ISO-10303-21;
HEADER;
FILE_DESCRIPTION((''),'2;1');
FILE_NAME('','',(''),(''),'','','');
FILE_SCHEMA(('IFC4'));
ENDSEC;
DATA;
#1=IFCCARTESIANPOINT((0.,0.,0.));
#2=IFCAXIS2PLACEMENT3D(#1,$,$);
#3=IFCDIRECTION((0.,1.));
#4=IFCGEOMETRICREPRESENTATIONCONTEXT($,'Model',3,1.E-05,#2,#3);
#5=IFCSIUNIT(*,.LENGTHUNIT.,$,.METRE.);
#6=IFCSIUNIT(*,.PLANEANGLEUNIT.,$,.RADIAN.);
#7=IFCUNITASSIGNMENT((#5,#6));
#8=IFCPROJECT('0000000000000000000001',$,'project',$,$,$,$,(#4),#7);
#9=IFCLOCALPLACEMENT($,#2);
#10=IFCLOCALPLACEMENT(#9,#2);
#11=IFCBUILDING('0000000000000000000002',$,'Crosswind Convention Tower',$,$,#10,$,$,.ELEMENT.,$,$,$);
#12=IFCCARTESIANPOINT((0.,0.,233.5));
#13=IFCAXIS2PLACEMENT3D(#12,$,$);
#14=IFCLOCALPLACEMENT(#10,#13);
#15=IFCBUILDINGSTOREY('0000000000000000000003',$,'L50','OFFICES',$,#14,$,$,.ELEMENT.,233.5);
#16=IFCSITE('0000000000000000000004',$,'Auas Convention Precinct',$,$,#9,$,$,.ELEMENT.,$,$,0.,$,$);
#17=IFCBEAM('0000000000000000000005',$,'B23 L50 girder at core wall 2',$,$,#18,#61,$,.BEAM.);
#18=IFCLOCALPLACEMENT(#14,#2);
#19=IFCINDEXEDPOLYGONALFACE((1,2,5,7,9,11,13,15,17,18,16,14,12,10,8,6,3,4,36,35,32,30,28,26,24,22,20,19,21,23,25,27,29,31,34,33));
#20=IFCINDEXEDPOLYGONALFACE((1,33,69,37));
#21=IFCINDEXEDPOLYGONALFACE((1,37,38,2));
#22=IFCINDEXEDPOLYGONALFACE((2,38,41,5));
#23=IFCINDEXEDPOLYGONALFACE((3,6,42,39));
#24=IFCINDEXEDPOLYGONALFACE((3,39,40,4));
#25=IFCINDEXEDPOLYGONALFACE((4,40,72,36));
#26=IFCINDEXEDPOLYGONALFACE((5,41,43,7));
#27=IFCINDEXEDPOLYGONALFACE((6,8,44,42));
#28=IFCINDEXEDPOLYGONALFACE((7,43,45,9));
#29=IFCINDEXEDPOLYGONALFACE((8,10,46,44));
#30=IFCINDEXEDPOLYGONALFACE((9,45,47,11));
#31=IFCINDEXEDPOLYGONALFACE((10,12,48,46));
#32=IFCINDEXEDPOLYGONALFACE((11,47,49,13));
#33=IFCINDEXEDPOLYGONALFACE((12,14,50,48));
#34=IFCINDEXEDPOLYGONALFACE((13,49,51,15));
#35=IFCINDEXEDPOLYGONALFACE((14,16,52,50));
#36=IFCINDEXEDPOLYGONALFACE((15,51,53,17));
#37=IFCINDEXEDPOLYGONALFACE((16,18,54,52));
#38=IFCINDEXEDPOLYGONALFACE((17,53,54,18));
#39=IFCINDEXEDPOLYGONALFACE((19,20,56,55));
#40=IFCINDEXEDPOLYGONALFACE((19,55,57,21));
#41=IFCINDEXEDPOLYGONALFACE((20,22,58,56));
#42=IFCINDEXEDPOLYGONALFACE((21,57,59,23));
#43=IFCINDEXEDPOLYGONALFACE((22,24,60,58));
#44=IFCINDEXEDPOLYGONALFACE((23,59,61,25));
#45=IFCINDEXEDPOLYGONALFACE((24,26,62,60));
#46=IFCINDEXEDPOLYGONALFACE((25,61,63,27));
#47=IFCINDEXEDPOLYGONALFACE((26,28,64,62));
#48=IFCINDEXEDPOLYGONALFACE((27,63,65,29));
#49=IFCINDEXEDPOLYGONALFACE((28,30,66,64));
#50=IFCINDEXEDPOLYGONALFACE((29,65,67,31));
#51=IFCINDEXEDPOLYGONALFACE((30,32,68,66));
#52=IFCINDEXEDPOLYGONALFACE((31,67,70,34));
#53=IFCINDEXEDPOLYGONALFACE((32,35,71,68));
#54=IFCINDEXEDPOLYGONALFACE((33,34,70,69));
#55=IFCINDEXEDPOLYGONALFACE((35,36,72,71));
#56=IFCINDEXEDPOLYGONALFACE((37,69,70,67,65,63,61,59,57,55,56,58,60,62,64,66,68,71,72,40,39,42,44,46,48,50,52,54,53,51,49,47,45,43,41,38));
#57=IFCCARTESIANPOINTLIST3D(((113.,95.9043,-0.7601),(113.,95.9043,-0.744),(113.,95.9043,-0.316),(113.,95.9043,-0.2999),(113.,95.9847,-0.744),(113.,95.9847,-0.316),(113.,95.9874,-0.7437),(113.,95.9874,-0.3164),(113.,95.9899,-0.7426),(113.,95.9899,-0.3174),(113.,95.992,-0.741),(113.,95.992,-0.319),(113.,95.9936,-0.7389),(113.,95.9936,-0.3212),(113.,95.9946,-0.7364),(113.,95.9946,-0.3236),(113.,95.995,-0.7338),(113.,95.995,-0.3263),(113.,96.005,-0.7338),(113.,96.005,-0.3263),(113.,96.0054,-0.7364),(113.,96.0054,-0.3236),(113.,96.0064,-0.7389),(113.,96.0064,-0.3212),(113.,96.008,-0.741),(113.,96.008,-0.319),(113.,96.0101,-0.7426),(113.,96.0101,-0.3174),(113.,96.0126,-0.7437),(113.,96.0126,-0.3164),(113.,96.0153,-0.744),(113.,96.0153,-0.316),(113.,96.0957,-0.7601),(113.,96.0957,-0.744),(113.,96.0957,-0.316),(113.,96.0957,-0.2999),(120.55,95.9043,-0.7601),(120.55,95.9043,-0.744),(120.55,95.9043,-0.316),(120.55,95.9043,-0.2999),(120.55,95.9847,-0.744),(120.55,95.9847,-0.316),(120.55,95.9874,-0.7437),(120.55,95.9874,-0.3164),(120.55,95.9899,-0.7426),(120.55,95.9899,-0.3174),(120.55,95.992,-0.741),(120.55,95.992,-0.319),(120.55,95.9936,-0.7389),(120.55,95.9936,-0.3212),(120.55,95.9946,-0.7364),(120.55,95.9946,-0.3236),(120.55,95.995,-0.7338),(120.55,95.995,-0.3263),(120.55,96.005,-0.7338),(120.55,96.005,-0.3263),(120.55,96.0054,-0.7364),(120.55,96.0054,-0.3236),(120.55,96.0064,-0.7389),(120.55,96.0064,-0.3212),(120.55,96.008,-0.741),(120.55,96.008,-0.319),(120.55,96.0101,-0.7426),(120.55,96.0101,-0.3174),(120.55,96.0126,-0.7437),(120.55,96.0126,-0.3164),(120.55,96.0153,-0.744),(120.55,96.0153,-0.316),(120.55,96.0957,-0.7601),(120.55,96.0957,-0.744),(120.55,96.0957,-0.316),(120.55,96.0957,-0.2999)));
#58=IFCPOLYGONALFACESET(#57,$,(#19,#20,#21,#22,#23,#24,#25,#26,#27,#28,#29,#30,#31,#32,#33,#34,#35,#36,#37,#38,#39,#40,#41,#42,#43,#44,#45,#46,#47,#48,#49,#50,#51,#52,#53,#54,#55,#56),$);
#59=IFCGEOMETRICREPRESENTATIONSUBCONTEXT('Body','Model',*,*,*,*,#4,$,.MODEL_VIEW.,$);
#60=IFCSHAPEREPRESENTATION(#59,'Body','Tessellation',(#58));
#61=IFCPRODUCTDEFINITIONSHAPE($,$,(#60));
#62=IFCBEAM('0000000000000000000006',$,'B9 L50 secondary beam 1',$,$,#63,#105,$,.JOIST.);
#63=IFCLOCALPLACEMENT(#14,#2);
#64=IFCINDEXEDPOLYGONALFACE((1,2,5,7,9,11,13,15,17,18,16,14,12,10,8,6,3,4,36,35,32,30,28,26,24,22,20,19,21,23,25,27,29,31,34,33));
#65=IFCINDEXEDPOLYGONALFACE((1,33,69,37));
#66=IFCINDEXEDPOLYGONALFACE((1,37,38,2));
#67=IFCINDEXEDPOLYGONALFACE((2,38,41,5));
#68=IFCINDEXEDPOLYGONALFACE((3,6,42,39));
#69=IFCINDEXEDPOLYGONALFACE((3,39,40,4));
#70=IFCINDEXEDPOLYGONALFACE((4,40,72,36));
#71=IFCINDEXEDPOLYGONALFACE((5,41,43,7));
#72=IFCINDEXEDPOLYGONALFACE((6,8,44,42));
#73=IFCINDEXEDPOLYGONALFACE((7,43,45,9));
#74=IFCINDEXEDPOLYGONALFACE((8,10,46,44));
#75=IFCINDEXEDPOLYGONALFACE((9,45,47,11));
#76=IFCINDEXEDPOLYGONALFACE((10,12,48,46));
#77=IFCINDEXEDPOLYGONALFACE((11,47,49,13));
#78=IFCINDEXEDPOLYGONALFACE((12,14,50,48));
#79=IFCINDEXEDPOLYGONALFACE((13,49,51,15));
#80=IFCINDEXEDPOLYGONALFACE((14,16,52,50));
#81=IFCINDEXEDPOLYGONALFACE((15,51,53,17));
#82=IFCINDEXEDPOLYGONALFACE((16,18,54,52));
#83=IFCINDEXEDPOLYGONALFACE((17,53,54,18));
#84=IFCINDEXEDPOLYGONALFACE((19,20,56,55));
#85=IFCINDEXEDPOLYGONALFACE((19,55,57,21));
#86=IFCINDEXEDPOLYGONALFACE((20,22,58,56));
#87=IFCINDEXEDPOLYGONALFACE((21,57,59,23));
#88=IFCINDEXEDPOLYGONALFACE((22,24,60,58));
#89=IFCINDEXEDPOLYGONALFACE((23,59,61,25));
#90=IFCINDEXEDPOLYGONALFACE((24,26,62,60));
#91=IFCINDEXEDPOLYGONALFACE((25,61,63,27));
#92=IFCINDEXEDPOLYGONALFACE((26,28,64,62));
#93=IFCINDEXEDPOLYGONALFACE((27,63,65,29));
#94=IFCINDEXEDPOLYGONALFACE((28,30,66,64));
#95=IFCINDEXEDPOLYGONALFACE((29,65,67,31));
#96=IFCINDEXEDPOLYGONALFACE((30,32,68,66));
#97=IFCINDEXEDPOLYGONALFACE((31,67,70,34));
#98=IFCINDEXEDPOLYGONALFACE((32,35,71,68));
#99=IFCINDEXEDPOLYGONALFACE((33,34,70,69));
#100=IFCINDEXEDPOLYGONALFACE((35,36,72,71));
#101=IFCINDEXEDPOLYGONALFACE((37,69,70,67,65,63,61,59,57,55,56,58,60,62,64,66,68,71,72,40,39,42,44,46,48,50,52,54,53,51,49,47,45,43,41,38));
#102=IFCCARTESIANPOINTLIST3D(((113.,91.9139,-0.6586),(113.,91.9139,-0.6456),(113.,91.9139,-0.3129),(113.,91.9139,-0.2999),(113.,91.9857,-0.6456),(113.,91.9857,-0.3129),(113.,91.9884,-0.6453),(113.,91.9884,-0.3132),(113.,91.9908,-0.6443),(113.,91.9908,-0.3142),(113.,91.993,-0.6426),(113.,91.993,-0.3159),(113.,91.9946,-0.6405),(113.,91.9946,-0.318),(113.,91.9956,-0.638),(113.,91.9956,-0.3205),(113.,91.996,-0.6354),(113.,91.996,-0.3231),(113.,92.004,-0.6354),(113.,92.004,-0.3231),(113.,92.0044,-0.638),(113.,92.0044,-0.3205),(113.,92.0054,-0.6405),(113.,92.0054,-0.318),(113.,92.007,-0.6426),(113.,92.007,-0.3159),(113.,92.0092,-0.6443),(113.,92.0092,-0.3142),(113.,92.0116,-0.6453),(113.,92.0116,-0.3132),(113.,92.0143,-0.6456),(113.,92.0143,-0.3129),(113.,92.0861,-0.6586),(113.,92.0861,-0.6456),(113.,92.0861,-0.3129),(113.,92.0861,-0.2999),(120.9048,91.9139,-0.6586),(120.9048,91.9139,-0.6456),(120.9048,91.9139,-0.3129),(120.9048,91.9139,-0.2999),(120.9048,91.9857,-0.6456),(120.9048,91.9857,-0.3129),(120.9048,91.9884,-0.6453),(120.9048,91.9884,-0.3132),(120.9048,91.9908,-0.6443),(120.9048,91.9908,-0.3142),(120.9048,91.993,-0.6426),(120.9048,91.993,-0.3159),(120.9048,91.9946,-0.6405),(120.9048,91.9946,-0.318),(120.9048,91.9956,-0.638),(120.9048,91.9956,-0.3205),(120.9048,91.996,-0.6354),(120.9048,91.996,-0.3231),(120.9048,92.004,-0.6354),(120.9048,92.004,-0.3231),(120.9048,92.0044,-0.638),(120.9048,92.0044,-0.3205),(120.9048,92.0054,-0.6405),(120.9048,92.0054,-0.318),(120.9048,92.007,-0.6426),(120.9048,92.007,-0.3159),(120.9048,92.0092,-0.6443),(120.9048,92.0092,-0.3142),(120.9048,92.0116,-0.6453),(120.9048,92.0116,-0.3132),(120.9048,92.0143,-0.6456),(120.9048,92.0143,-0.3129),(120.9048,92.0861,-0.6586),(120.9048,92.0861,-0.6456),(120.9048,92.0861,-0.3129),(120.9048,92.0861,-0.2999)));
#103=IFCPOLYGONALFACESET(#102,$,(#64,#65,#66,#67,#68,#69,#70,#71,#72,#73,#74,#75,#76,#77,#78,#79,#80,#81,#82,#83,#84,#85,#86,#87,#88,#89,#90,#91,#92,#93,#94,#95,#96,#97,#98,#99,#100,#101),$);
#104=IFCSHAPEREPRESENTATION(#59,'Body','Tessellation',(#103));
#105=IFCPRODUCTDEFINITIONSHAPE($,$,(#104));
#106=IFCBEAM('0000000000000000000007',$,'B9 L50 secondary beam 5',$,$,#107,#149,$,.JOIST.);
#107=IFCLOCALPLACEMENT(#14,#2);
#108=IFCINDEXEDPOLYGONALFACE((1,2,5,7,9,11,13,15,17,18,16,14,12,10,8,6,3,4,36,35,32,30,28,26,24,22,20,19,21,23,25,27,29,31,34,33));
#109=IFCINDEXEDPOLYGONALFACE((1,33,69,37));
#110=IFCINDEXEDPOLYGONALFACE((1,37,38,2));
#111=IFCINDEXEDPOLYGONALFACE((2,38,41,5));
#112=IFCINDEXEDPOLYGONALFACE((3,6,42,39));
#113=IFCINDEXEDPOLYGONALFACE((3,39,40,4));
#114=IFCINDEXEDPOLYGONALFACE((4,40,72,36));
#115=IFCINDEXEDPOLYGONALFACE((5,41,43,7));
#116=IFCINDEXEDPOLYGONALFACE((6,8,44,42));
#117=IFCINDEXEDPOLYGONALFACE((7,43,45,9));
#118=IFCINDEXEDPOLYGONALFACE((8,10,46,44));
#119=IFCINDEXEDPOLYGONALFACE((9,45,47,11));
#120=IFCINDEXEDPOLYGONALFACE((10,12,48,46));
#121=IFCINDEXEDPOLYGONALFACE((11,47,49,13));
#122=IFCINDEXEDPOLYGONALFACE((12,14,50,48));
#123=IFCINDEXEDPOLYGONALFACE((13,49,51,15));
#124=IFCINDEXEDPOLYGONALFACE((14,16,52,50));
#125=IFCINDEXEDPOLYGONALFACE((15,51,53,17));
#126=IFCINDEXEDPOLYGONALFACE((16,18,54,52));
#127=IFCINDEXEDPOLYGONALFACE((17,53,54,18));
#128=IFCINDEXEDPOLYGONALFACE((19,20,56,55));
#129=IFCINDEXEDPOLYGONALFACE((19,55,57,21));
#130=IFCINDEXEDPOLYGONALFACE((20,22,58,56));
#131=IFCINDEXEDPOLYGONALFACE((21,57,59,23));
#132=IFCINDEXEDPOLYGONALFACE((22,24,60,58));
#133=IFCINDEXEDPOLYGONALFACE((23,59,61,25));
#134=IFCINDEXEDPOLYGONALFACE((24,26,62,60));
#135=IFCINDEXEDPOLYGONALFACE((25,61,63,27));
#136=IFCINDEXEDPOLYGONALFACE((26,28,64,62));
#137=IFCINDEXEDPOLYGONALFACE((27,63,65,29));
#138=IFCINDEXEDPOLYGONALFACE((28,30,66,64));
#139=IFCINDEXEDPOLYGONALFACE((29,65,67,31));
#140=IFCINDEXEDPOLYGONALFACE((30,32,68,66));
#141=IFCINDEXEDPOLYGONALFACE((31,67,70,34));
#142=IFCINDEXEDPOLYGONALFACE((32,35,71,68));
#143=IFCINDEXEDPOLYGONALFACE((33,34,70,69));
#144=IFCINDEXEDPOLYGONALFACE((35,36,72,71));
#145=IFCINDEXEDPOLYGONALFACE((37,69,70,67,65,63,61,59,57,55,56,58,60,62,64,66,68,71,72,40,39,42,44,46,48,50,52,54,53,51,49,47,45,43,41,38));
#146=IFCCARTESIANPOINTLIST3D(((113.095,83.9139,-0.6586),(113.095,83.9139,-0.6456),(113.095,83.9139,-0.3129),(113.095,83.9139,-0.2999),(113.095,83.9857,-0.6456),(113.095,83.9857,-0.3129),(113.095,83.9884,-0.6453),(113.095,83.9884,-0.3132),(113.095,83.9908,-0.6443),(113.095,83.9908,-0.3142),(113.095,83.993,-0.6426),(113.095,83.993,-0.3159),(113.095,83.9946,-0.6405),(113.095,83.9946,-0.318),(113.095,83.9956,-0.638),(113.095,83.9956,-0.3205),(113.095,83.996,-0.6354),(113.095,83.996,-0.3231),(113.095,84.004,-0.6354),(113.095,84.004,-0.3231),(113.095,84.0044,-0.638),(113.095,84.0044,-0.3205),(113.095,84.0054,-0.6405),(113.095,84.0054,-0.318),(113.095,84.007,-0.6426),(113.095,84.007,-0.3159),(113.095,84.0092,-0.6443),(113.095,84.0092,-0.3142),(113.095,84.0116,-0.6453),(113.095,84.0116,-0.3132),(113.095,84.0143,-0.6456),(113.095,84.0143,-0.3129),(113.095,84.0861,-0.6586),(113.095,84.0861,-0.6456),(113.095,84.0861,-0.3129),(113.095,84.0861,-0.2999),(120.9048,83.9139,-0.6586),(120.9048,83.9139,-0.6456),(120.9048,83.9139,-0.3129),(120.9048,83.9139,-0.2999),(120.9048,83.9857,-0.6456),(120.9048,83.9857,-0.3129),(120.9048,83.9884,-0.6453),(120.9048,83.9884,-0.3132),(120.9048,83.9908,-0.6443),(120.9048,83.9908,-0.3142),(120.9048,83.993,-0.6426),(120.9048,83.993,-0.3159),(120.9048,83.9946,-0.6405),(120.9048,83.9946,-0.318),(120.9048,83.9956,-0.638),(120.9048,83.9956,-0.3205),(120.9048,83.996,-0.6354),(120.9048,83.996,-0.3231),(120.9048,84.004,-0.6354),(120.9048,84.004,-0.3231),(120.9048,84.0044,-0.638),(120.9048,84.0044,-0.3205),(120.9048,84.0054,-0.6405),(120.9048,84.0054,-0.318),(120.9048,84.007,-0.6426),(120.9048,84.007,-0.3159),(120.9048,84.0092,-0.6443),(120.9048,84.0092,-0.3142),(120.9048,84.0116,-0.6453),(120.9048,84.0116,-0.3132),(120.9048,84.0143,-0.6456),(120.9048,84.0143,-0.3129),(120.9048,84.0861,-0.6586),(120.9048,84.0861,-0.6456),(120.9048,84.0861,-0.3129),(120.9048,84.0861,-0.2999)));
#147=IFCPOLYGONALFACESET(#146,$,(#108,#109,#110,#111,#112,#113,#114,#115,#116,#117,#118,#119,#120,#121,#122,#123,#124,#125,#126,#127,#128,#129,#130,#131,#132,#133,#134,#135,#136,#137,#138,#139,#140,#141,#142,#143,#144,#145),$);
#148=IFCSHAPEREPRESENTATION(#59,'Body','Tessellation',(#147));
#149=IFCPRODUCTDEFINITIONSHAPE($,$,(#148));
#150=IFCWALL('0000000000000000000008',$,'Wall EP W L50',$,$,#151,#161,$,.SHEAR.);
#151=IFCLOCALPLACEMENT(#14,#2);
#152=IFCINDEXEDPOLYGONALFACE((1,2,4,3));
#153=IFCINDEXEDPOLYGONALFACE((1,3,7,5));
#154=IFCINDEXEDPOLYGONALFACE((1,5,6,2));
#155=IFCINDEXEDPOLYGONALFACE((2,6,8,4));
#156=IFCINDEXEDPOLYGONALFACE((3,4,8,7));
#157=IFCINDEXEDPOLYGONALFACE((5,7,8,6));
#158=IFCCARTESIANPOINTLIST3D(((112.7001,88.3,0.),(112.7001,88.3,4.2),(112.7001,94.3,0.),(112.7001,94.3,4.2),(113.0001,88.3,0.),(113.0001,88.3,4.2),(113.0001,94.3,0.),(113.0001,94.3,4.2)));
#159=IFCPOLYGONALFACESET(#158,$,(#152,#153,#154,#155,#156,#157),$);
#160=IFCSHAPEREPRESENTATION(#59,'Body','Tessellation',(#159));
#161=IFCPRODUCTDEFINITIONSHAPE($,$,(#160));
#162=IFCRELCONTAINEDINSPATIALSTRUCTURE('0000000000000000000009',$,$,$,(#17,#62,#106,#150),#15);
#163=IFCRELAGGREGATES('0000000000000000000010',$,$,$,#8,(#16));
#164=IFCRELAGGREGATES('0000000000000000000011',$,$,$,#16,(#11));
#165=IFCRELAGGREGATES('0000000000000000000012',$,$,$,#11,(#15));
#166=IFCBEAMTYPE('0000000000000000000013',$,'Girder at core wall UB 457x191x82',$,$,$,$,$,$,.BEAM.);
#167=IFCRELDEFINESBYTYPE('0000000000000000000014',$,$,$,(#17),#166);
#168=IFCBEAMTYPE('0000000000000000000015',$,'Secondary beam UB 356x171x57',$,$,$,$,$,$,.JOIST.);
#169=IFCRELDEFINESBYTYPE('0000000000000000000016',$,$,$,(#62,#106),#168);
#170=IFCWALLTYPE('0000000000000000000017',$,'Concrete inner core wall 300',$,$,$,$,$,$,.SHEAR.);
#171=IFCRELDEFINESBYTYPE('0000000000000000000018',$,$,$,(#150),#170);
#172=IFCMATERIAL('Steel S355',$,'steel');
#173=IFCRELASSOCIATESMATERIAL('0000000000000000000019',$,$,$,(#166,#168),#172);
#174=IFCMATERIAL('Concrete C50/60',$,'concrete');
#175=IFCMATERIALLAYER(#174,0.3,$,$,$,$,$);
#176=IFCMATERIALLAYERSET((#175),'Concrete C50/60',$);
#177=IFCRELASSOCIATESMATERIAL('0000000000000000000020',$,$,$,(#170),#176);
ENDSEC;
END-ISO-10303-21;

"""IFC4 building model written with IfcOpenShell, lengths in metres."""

from ifc_helpers import new_model, si_unit, direction, frame, frame_2d, origin, origin_2d, place, context, subcontext, project, spatial, rectangle, i_section, extrude, material, layer, layer_set, material_profile, profile_set, type_object, element, save


model = new_model("IFC4")

# Units and contexts
model_context = context("Model", 3, precision=1e-05, world=origin(), true_north=direction((0.0, 1.0)))
body_context = subcontext(model_context, "Body", "Model", "MODEL_VIEW")
ifc_project = project(units=[si_unit("LENGTHUNIT", "METRE"), si_unit("PLANEANGLEUNIT", "RADIAN")], contexts=[model_context])

# Site, building, storey
site_placement = place(None, origin())
site = spatial("IfcSite", under=ifc_project, at=site_placement, Name="Auas Convention Precinct", CompositionType="ELEMENT", RefElevation=0.0)
building_placement = place(site_placement, origin())
building = spatial("IfcBuilding", under=site, at=building_placement, Name="Crosswind Convention Tower", CompositionType="ELEMENT")
storey_placement = place(building_placement, frame((0.0, 0.0, 233.5)))
storey = spatial("IfcBuildingStorey", under=building, at=storey_placement, Name="L50", Description="OFFICES", CompositionType="ELEMENT", Elevation=233.5)

# Beams
ifc_material_1 = material(Name="Steel S355", Category="steel")
ifc_material_profile_1 = material_profile(ifc_material_1, i_section(OverallWidth=0.1914, OverallDepth=0.4602, WebThickness=0.01, FlangeThickness=0.0161, FilletRadius=0.0103, at=origin_2d()), Name="UB 457x191x82")
ifc_profile_set_1 = profile_set([ifc_material_profile_1], Name="Steel S355")
beam_type_1 = type_object("IfcBeamType", Name="Girder at core wall UB 457x191x82", PredefinedType="BEAM", material=ifc_profile_set_1)
for number, where, z_axis, x_axis, name in (
    (1, (113.0, 96.0, -0.53), (1.0, 0.0, 0.0), (0.0, 1.0, 0.0), "B23 L50 girder at core wall 2"),
):
    element("IfcBeam", number, at=place(storey_placement, frame(where, z_axis=z_axis, x_axis=x_axis)), inside=storey, type_object=beam_type_1, Name=name, PredefinedType="BEAM", context=body_context, shape_type="SweptSolid", body=[
        extrude(i_section(OverallWidth=0.1914, OverallDepth=0.4602, WebThickness=0.01, FlangeThickness=0.0161, FilletRadius=0.0103, at=origin_2d()), origin(), (0.0, 0.0, 1.0), 7.55),
    ])
ifc_material_profile_2 = material_profile(ifc_material_1, i_section(OverallWidth=0.1721, OverallDepth=0.3586, WebThickness=0.0081, FlangeThickness=0.0129, FilletRadius=0.0103, at=origin_2d()), Name="UB 356x171x57")
ifc_profile_set_2 = profile_set([ifc_material_profile_2], Name="Steel S355")
beam_type_2 = type_object("IfcBeamType", Name="Secondary beam UB 356x171x57", PredefinedType="JOIST", material=ifc_profile_set_2)
beam_1_placement = place(storey_placement, frame((113.0, 92.0, -0.4792), z_axis=(1.0, 0.0, 0.0), x_axis=(0.0, 1.0, 0.0)))
element("IfcBeam", 2, at=beam_1_placement, inside=storey, type_object=beam_type_2, Name="B9 L50 secondary beam 1", PredefinedType="JOIST", context=body_context, shape_type="SweptSolid", body=[
    extrude(i_section(OverallWidth=0.1721, OverallDepth=0.3586, WebThickness=0.0081, FlangeThickness=0.0129, FilletRadius=0.0103, at=origin_2d()), origin(), (0.0, 0.0, 1.0), 7.9048),
])
beam_2_placement = place(storey_placement, frame((113.095, 84.0, -0.4792), z_axis=(1.0, 0.0, 0.0), x_axis=(0.0, 1.0, 0.0)))
element("IfcBeam", 3, at=beam_2_placement, inside=storey, type_object=beam_type_2, Name="B9 L50 secondary beam 5", PredefinedType="JOIST", context=body_context, shape_type="SweptSolid", body=[
    extrude(i_section(OverallWidth=0.1721, OverallDepth=0.3586, WebThickness=0.0081, FlangeThickness=0.0129, FilletRadius=0.0103, at=origin_2d()), origin(), (0.0, 0.0, 1.0), 7.8098),
])

# Wall
ifc_material_2 = material(Name="Concrete C50/60", Category="concrete")
ifc_layer_1 = layer(ifc_material_2, 0.3)
ifc_layer_set_1 = layer_set([ifc_layer_1], Name="Concrete C50/60")
wall_type_1 = type_object("IfcWallType", Name="Concrete inner core wall 300", PredefinedType="SHEAR", material=ifc_layer_set_1)
wall_1_placement = place(storey_placement, frame((112.8501, 94.3, 0.0), z_axis=(0.0, 0.0, 1.0), x_axis=(0.0, -1.0, 0.0)))
element("IfcWall", 4, at=wall_1_placement, inside=storey, type_object=wall_type_1, Name="Wall EP W L50", PredefinedType="SHEAR", context=body_context, shape_type="SweptSolid", body=[
    extrude(rectangle(XDim=6.0, YDim=0.3, at=frame_2d((3.0, 0.0))), origin(), (0.0, 0.0, 1.0), 4.2),
])

save(model, "model.ifc")
